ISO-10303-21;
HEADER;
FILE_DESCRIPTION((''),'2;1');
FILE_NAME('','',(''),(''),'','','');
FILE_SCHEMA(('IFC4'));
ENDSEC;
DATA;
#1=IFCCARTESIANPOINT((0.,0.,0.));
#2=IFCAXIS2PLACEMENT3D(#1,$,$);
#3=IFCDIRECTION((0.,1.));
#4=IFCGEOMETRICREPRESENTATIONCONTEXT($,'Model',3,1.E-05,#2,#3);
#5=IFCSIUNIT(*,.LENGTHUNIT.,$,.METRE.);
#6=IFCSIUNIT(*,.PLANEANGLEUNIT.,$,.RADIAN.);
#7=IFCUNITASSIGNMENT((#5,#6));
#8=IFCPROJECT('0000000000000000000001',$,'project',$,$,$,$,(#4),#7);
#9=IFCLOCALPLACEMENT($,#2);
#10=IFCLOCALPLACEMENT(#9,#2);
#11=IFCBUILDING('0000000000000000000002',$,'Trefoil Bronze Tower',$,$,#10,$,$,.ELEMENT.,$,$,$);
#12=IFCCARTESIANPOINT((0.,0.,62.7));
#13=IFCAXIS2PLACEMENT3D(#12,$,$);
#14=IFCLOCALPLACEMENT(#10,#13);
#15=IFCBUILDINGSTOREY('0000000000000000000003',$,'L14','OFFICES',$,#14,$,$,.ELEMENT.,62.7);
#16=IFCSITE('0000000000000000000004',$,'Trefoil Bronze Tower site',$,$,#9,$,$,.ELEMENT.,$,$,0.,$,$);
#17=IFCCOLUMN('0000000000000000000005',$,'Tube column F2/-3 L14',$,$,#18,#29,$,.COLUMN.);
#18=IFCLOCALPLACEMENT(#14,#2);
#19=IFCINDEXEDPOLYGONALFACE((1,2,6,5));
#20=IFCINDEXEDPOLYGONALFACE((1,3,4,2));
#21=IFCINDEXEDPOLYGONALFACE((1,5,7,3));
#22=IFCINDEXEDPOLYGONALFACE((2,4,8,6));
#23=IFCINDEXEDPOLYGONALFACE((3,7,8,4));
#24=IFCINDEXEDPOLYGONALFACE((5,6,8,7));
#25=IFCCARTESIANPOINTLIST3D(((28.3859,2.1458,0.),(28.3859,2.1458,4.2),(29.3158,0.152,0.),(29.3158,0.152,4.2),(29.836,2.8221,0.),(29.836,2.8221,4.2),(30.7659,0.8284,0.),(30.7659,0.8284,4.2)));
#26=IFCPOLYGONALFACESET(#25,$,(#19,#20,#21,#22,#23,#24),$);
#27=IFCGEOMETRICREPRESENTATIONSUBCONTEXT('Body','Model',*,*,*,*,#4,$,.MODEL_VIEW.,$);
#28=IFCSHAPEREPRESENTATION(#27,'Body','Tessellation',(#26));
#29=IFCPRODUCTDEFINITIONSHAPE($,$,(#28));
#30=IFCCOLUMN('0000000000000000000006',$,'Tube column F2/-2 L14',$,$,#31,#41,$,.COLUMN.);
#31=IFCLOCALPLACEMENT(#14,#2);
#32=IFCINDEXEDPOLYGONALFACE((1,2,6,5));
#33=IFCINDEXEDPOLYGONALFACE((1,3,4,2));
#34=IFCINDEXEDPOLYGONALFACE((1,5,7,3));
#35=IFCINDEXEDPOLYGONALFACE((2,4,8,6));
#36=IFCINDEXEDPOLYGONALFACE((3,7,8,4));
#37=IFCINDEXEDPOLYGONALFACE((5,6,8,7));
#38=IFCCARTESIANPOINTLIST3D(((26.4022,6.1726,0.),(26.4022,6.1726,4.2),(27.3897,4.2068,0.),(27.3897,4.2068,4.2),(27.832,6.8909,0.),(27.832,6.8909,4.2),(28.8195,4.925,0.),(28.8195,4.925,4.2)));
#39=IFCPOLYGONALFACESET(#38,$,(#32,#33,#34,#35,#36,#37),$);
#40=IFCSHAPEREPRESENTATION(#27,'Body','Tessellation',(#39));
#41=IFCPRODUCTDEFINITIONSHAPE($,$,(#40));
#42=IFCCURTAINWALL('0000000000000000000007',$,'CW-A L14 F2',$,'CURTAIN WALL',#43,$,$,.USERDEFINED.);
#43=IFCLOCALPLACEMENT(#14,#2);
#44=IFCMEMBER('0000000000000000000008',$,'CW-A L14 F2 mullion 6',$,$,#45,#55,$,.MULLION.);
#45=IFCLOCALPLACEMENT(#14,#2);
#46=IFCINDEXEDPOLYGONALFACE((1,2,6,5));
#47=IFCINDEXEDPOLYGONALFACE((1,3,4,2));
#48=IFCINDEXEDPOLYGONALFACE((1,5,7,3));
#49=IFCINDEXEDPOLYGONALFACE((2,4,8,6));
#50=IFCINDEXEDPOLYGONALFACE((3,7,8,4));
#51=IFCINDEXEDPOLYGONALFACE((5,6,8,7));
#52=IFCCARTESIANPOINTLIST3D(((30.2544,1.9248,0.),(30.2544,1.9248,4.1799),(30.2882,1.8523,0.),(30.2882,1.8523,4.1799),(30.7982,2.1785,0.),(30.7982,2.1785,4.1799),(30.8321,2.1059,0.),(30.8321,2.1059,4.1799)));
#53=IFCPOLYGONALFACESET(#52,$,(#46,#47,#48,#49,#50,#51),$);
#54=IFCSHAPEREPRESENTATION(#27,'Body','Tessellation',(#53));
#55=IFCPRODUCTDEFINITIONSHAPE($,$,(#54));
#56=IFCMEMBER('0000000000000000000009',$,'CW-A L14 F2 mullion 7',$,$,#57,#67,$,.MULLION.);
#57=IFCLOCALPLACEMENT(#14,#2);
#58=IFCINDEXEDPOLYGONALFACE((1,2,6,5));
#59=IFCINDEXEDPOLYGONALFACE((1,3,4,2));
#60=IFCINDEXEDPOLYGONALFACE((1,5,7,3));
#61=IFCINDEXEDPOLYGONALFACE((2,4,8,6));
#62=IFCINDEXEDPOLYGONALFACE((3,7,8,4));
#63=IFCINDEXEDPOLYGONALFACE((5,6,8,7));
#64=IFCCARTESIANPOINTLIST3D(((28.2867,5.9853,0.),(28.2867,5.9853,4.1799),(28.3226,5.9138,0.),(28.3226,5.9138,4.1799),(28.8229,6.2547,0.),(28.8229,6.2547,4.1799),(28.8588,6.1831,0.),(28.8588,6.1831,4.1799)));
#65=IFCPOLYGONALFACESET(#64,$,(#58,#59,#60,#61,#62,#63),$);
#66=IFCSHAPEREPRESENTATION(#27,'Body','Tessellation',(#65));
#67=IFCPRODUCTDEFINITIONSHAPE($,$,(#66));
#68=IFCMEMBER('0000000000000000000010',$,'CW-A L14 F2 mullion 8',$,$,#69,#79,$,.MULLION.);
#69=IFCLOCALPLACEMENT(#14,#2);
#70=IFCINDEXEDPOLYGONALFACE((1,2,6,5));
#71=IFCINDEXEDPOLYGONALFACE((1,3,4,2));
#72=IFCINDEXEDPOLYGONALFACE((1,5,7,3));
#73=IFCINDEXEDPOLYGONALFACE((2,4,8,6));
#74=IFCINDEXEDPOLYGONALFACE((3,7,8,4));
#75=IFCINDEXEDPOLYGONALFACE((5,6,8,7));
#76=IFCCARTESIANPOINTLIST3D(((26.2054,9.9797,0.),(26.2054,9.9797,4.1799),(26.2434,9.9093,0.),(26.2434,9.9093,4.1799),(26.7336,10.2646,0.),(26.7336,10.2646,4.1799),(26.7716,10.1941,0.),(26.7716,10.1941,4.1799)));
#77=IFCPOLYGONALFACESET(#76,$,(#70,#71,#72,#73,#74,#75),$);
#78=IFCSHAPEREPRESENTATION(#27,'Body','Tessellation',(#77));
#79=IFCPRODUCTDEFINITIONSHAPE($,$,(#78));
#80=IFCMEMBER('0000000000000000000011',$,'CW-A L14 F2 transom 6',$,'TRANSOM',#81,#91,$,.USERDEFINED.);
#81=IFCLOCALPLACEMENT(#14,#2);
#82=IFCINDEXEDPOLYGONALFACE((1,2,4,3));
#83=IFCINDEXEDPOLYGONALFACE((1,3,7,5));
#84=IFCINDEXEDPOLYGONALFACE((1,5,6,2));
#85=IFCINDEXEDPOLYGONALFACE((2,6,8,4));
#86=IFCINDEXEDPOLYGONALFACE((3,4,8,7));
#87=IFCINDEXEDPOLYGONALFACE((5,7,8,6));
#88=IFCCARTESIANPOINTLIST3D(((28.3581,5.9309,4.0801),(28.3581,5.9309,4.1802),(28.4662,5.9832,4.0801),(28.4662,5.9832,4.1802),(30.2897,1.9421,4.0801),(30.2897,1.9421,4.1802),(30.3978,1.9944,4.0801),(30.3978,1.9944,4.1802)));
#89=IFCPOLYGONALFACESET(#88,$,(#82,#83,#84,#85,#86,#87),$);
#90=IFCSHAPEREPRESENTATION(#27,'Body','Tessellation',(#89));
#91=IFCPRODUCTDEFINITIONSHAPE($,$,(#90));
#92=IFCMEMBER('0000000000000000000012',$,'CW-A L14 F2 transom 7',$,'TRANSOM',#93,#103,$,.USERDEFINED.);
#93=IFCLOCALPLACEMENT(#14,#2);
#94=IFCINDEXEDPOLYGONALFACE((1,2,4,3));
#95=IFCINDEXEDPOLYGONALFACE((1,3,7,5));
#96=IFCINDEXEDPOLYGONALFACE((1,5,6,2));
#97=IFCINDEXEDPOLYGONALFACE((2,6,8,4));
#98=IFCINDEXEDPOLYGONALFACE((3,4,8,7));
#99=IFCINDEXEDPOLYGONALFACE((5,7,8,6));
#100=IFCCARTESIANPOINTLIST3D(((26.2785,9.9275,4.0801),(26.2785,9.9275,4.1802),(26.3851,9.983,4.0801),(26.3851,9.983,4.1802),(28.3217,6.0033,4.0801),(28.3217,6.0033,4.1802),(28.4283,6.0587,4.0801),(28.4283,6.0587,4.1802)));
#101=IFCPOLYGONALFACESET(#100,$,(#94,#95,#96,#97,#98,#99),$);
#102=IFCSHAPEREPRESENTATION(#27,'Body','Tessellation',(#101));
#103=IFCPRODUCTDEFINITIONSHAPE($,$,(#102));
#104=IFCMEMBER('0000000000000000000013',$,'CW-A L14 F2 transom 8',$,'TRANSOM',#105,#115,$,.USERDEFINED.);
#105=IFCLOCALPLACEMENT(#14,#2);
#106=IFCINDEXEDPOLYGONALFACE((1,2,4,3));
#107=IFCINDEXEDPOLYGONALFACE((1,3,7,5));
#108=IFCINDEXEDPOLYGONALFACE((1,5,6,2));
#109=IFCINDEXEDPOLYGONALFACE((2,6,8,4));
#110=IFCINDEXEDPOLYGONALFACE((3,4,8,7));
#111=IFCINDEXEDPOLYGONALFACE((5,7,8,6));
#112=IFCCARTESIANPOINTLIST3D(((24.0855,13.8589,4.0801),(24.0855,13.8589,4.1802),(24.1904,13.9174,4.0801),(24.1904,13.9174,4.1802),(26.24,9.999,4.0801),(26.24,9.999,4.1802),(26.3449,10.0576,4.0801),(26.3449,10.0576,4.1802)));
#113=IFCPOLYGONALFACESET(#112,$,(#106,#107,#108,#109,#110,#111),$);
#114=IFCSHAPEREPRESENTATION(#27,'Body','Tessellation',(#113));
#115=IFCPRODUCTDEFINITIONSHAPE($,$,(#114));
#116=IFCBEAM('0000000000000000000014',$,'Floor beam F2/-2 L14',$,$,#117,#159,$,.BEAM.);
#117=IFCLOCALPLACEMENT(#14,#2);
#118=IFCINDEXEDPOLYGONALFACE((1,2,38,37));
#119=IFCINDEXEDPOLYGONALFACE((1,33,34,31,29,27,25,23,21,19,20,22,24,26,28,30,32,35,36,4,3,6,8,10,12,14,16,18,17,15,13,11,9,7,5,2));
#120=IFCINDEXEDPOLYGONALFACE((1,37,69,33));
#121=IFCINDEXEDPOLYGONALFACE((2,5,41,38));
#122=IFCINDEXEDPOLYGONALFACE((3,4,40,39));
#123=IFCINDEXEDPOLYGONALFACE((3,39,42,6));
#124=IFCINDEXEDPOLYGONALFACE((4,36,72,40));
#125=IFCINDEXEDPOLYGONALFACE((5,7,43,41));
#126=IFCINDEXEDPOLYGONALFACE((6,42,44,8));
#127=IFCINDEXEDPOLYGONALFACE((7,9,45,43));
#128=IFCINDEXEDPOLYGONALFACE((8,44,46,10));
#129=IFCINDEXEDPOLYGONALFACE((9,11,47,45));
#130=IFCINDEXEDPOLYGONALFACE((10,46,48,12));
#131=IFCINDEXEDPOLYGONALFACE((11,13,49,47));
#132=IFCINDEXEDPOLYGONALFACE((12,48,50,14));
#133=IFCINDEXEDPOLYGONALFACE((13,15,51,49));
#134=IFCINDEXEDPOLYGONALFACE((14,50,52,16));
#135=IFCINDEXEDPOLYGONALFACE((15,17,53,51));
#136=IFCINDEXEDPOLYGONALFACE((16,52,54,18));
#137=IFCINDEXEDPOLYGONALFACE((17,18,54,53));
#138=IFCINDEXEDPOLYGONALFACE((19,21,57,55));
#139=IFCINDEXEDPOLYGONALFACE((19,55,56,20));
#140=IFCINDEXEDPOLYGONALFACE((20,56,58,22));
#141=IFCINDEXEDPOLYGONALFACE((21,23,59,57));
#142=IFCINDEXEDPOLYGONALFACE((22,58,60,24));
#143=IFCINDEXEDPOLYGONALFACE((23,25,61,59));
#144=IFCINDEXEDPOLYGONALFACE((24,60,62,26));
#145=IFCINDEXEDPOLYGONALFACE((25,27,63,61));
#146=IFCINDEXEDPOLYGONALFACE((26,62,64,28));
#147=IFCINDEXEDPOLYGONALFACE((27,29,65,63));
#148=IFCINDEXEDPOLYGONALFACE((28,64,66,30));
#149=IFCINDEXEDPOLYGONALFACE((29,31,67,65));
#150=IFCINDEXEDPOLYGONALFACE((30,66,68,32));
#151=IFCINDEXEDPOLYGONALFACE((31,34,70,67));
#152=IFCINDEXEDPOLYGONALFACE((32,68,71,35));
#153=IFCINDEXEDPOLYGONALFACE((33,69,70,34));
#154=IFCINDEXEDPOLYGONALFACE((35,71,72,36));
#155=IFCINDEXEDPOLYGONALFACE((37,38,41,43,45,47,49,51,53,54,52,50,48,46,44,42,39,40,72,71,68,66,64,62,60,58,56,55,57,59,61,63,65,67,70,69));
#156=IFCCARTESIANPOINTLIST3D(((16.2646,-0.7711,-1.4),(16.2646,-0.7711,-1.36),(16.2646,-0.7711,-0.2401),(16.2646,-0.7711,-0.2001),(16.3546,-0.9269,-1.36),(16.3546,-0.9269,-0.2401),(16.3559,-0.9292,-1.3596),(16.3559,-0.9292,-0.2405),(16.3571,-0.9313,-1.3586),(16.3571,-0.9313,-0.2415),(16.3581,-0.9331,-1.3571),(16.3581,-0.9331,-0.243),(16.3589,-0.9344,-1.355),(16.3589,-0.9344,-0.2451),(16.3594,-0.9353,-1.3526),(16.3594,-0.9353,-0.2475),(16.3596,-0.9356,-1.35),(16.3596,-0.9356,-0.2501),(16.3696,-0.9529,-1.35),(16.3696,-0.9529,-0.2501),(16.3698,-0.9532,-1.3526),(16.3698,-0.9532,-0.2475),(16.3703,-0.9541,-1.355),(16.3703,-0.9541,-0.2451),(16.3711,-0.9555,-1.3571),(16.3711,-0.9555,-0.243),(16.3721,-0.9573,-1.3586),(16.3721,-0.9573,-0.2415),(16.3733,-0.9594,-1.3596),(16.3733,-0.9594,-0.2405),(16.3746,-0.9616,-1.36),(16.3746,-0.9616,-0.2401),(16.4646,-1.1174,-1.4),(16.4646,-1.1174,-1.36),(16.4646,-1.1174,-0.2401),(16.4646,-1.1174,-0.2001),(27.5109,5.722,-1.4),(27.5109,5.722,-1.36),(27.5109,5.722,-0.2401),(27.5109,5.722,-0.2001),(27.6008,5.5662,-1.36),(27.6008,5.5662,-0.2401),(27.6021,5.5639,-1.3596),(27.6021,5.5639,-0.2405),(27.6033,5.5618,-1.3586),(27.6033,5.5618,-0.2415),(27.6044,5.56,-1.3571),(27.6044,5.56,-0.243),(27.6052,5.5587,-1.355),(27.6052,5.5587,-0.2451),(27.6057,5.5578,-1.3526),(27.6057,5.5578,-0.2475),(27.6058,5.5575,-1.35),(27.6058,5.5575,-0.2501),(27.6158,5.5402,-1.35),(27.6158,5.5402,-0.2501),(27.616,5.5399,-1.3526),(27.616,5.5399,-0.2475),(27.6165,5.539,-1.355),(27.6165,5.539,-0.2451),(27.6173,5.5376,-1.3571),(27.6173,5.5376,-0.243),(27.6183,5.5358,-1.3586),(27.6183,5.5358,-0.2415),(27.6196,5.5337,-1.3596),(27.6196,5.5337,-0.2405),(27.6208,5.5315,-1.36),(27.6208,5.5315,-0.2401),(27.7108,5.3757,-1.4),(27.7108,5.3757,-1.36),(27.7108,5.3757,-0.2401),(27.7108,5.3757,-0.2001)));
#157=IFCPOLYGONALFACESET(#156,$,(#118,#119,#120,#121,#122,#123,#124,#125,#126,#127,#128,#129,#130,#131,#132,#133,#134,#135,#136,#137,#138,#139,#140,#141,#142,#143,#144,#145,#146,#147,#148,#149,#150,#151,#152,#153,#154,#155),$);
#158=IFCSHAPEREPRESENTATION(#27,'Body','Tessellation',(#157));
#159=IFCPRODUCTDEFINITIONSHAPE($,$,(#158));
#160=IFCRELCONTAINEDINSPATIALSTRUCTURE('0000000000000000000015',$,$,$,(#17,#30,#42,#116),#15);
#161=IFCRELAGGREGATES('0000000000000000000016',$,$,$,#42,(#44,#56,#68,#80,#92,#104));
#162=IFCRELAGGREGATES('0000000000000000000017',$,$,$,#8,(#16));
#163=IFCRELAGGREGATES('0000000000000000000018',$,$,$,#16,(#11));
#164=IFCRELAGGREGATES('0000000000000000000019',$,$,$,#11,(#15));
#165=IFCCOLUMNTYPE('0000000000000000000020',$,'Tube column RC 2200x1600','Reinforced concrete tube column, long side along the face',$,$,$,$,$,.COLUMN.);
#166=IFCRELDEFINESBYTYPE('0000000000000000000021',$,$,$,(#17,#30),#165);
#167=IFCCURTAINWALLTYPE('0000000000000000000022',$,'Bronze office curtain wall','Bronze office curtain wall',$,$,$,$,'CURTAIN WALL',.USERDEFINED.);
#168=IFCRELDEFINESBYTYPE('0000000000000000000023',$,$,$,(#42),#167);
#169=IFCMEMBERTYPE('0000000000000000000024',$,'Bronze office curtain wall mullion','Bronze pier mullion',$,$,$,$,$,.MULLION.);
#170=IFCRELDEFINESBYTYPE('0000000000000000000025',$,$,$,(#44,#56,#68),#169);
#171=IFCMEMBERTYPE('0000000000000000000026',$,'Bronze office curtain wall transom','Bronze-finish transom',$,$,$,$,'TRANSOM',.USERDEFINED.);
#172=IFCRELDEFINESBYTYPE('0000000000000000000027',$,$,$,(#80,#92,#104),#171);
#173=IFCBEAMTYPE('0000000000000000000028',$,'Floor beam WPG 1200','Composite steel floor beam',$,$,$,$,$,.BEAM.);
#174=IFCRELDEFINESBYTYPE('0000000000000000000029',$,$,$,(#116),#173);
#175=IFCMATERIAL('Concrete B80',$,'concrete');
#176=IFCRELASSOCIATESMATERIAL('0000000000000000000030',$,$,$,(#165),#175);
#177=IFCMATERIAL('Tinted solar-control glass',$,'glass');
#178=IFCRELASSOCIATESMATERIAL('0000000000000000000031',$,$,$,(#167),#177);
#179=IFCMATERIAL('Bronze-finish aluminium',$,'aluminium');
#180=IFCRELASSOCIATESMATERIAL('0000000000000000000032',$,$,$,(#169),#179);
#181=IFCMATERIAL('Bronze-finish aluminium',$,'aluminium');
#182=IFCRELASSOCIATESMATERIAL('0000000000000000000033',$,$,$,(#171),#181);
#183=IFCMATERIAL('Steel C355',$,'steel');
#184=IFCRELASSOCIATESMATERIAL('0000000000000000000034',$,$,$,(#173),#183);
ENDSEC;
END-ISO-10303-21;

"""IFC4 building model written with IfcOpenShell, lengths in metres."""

from ifc_helpers import new_model, si_unit, direction, frame, origin, origin_2d, place, context, subcontext, project, spatial, rectangle, i_section, extrude, material, material_profile, profile_set, type_object, element, aggregate, save


model = new_model("IFC4")

# Units and contexts
model_context = context("Model", 3, precision=1e-05, world=origin(), true_north=direction((0.0, 1.0)))
body_context = subcontext(model_context, "Body", "Model", "MODEL_VIEW")
ifc_project = project(units=[si_unit("LENGTHUNIT", "METRE"), si_unit("PLANEANGLEUNIT", "RADIAN")], contexts=[model_context])

# Site, building, storey
site_placement = place(None, origin())
site = spatial("IfcSite", under=ifc_project, at=site_placement, Name="Trefoil Bronze Tower site", CompositionType="ELEMENT", RefElevation=0.0)
building_placement = place(site_placement, origin())
building = spatial("IfcBuilding", under=site, at=building_placement, Name="Trefoil Bronze Tower", CompositionType="ELEMENT")
storey_placement = place(building_placement, frame((0.0, 0.0, 62.7)))
storey = spatial("IfcBuildingStorey", under=building, at=storey_placement, Name="L14", Description="OFFICES", CompositionType="ELEMENT", Elevation=62.7)

# Columns
ifc_material_1 = material(Name="Concrete B80", Category="concrete")
ifc_material_profile_1 = material_profile(ifc_material_1, rectangle(XDim=2.2, YDim=1.6001, at=origin_2d()), Name="RC 2200x1600")
ifc_profile_set_1 = profile_set([ifc_material_profile_1], Name="Concrete B80")
column_type = type_object("IfcColumnType", Name="Tube column RC 2200x1600", Description="Reinforced concrete tube column, long side along the face", PredefinedType="COLUMN", material=ifc_profile_set_1)
for number, where, z_axis, x_axis, name in (
    (1, (29.5759, 1.4871, 0.0), (0.0, 0.0, 1.0), (-0.422701, 0.906269, 0.0), "Tube column F2/-3 L14"),
    (2, (27.6108, 5.5488, 0.0), (0.0, 0.0, 1.0), (-0.44889, 0.893587, 0.0), "Tube column F2/-2 L14"),
):
    element("IfcColumn", number, at=place(storey_placement, frame(where, z_axis=z_axis, x_axis=x_axis)), inside=storey, type_object=column_type, Name=name, PredefinedType="COLUMN", context=body_context, shape_type="SweptSolid", body=[
        extrude(rectangle(XDim=2.2, YDim=1.6001, at=origin_2d()), origin(), (0.0, 0.0, 1.0), 4.2),
    ])

# Curtain wall, members
ifc_material_2 = material(Name="Tinted solar-control glass", Category="glass")
curtain_wall_type = type_object("IfcCurtainWallType", Name="Bronze office curtain wall", Description="Bronze office curtain wall", ElementType="CURTAIN WALL", PredefinedType="USERDEFINED", material=ifc_material_2)
curtain_wall_placement = place(storey_placement, origin())
curtain_wall = element("IfcCurtainWall", 3, at=curtain_wall_placement, inside=storey, type_object=curtain_wall_type, Name="CW-A L14 F2", ObjectType="CURTAIN WALL", PredefinedType="USERDEFINED")
ifc_material_3 = material(Name="Bronze-finish aluminium", Category="aluminium")
ifc_material_profile_2 = material_profile(ifc_material_3, rectangle(XDim=0.6001, YDim=0.0801, at=origin_2d()), Name="CW-A mullion")
ifc_profile_set_2 = profile_set([ifc_material_profile_2], Name="Bronze-finish aluminium")
member_type_1 = type_object("IfcMemberType", Name="Bronze office curtain wall mullion", Description="Bronze pier mullion", PredefinedType="MULLION", material=ifc_profile_set_2)
member_1_placement = place(storey_placement, frame((30.5432, 2.0154, 0.0), z_axis=(0.0, 0.0, 1.0), x_axis=(-0.906269, -0.422701, 0.0)))
member_1 = element("IfcMember", 4, at=member_1_placement, type_object=member_type_1, Name="CW-A L14 F2 mullion 6", PredefinedType="MULLION", context=body_context, shape_type="SweptSolid", body=[
    extrude(rectangle(XDim=0.6001, YDim=0.0801, at=origin_2d()), origin(), (0.0, 0.0, 1.0), 4.1799),
])
member_2_placement = place(storey_placement, frame((28.5728, 6.0842, 0.0), z_axis=(0.0, 0.0, 1.0), x_axis=(-0.893587, -0.44889, 0.0)))
member_2 = element("IfcMember", 5, at=member_2_placement, type_object=member_type_1, Name="CW-A L14 F2 mullion 7", PredefinedType="MULLION", context=body_context, shape_type="SweptSolid", body=[
    extrude(rectangle(XDim=0.6001, YDim=0.0801, at=origin_2d()), origin(), (0.0, 0.0, 1.0), 4.1799),
])
member_3_placement = place(storey_placement, frame((26.4885, 10.0869, 0.0), z_axis=(0.0, 0.0, 1.0), x_axis=(-0.880171, -0.474656, 0.0)))
member_3 = element("IfcMember", 6, at=member_3_placement, type_object=member_type_1, Name="CW-A L14 F2 mullion 8", PredefinedType="MULLION", context=body_context, shape_type="SweptSolid", body=[
    extrude(rectangle(XDim=0.6001, YDim=0.0801, at=origin_2d()), origin(), (0.0, 0.0, 1.0), 4.1799),
])
ifc_material_4 = material(Name="Bronze-finish aluminium", Category="aluminium")
ifc_material_profile_3 = material_profile(ifc_material_4, rectangle(XDim=0.1201, YDim=0.1001, at=origin_2d()), Name="CW-A transom")
ifc_profile_set_3 = profile_set([ifc_material_profile_3], Name="Bronze-finish aluminium")
member_type_2 = type_object("IfcMemberType", Name="Bronze office curtain wall transom", Description="Bronze-finish transom", ElementType="TRANSOM", PredefinedType="USERDEFINED", material=ifc_profile_set_3)
member_4_placement = place(storey_placement, frame((30.3438, 1.9683, 4.1301), z_axis=(-0.435852, 0.900018, 0.0), x_axis=(-0.900018, -0.435852, 0.0)))
member_4 = element("IfcMember", 7, at=member_4_placement, type_object=member_type_2, Name="CW-A L14 F2 transom 6", ObjectType="TRANSOM", PredefinedType="USERDEFINED", context=body_context, shape_type="SweptSolid", body=[
    extrude(rectangle(XDim=0.1201, YDim=0.1001, at=origin_2d()), origin(), (0.0, 0.0, 1.0), 4.4319),
])
member_5_placement = place(storey_placement, frame((28.375, 6.031, 4.1301), z_axis=(-0.46181, 0.886979, 0.0), x_axis=(-0.886979, -0.46181, 0.0)))
member_5 = element("IfcMember", 8, at=member_5_placement, type_object=member_type_2, Name="CW-A L14 F2 transom 7", ObjectType="TRANSOM", PredefinedType="USERDEFINED", context=body_context, shape_type="SweptSolid", body=[
    extrude(rectangle(XDim=0.1201, YDim=0.1001, at=origin_2d()), origin(), (0.0, 0.0, 1.0), 4.4243),
])
member_6_placement = place(storey_placement, frame((26.2925, 10.0283, 4.1301), z_axis=(-0.4874, 0.873179, 0.0), x_axis=(-0.873179, -0.4874, 0.0)))
member_6 = element("IfcMember", 9, at=member_6_placement, type_object=member_type_2, Name="CW-A L14 F2 transom 8", ObjectType="TRANSOM", PredefinedType="USERDEFINED", context=body_context, shape_type="SweptSolid", body=[
    extrude(rectangle(XDim=0.1201, YDim=0.1001, at=origin_2d()), origin(), (0.0, 0.0, 1.0), 4.4204),
])

# Beam
ifc_material_5 = material(Name="Steel C355", Category="steel")
ifc_material_profile_4 = material_profile(ifc_material_5, i_section(OverallWidth=0.3999, OverallDepth=1.2, WebThickness=0.02, FlangeThickness=0.04, FilletRadius=0.01, at=origin_2d()), Name="WPG 1200")
ifc_profile_set_4 = profile_set([ifc_material_profile_4], Name="Steel C355")
beam_type_1 = type_object("IfcBeamType", Name="Floor beam WPG 1200", Description="Composite steel floor beam", PredefinedType="BEAM", material=ifc_profile_set_4)
beam_1_placement = place(storey_placement, frame((27.6108, 5.5488, -0.8), z_axis=(-0.866022, -0.500005, 0.0), x_axis=(0.500005, -0.866022, 0.0)))
element("IfcBeam", 10, at=beam_1_placement, inside=storey, type_object=beam_type_1, Name="Floor beam F2/-2 L14", PredefinedType="BEAM", context=body_context, shape_type="SweptSolid", body=[
    extrude(i_section(OverallWidth=0.3999, OverallDepth=1.2, WebThickness=0.02, FlangeThickness=0.04, FilletRadius=0.01, at=origin_2d()), origin(), (0.0, 0.0, 1.0), 12.9861),
])

aggregate(curtain_wall, [member_1, member_2, member_3, member_4, member_5, member_6])

save(model, "model.ifc")
